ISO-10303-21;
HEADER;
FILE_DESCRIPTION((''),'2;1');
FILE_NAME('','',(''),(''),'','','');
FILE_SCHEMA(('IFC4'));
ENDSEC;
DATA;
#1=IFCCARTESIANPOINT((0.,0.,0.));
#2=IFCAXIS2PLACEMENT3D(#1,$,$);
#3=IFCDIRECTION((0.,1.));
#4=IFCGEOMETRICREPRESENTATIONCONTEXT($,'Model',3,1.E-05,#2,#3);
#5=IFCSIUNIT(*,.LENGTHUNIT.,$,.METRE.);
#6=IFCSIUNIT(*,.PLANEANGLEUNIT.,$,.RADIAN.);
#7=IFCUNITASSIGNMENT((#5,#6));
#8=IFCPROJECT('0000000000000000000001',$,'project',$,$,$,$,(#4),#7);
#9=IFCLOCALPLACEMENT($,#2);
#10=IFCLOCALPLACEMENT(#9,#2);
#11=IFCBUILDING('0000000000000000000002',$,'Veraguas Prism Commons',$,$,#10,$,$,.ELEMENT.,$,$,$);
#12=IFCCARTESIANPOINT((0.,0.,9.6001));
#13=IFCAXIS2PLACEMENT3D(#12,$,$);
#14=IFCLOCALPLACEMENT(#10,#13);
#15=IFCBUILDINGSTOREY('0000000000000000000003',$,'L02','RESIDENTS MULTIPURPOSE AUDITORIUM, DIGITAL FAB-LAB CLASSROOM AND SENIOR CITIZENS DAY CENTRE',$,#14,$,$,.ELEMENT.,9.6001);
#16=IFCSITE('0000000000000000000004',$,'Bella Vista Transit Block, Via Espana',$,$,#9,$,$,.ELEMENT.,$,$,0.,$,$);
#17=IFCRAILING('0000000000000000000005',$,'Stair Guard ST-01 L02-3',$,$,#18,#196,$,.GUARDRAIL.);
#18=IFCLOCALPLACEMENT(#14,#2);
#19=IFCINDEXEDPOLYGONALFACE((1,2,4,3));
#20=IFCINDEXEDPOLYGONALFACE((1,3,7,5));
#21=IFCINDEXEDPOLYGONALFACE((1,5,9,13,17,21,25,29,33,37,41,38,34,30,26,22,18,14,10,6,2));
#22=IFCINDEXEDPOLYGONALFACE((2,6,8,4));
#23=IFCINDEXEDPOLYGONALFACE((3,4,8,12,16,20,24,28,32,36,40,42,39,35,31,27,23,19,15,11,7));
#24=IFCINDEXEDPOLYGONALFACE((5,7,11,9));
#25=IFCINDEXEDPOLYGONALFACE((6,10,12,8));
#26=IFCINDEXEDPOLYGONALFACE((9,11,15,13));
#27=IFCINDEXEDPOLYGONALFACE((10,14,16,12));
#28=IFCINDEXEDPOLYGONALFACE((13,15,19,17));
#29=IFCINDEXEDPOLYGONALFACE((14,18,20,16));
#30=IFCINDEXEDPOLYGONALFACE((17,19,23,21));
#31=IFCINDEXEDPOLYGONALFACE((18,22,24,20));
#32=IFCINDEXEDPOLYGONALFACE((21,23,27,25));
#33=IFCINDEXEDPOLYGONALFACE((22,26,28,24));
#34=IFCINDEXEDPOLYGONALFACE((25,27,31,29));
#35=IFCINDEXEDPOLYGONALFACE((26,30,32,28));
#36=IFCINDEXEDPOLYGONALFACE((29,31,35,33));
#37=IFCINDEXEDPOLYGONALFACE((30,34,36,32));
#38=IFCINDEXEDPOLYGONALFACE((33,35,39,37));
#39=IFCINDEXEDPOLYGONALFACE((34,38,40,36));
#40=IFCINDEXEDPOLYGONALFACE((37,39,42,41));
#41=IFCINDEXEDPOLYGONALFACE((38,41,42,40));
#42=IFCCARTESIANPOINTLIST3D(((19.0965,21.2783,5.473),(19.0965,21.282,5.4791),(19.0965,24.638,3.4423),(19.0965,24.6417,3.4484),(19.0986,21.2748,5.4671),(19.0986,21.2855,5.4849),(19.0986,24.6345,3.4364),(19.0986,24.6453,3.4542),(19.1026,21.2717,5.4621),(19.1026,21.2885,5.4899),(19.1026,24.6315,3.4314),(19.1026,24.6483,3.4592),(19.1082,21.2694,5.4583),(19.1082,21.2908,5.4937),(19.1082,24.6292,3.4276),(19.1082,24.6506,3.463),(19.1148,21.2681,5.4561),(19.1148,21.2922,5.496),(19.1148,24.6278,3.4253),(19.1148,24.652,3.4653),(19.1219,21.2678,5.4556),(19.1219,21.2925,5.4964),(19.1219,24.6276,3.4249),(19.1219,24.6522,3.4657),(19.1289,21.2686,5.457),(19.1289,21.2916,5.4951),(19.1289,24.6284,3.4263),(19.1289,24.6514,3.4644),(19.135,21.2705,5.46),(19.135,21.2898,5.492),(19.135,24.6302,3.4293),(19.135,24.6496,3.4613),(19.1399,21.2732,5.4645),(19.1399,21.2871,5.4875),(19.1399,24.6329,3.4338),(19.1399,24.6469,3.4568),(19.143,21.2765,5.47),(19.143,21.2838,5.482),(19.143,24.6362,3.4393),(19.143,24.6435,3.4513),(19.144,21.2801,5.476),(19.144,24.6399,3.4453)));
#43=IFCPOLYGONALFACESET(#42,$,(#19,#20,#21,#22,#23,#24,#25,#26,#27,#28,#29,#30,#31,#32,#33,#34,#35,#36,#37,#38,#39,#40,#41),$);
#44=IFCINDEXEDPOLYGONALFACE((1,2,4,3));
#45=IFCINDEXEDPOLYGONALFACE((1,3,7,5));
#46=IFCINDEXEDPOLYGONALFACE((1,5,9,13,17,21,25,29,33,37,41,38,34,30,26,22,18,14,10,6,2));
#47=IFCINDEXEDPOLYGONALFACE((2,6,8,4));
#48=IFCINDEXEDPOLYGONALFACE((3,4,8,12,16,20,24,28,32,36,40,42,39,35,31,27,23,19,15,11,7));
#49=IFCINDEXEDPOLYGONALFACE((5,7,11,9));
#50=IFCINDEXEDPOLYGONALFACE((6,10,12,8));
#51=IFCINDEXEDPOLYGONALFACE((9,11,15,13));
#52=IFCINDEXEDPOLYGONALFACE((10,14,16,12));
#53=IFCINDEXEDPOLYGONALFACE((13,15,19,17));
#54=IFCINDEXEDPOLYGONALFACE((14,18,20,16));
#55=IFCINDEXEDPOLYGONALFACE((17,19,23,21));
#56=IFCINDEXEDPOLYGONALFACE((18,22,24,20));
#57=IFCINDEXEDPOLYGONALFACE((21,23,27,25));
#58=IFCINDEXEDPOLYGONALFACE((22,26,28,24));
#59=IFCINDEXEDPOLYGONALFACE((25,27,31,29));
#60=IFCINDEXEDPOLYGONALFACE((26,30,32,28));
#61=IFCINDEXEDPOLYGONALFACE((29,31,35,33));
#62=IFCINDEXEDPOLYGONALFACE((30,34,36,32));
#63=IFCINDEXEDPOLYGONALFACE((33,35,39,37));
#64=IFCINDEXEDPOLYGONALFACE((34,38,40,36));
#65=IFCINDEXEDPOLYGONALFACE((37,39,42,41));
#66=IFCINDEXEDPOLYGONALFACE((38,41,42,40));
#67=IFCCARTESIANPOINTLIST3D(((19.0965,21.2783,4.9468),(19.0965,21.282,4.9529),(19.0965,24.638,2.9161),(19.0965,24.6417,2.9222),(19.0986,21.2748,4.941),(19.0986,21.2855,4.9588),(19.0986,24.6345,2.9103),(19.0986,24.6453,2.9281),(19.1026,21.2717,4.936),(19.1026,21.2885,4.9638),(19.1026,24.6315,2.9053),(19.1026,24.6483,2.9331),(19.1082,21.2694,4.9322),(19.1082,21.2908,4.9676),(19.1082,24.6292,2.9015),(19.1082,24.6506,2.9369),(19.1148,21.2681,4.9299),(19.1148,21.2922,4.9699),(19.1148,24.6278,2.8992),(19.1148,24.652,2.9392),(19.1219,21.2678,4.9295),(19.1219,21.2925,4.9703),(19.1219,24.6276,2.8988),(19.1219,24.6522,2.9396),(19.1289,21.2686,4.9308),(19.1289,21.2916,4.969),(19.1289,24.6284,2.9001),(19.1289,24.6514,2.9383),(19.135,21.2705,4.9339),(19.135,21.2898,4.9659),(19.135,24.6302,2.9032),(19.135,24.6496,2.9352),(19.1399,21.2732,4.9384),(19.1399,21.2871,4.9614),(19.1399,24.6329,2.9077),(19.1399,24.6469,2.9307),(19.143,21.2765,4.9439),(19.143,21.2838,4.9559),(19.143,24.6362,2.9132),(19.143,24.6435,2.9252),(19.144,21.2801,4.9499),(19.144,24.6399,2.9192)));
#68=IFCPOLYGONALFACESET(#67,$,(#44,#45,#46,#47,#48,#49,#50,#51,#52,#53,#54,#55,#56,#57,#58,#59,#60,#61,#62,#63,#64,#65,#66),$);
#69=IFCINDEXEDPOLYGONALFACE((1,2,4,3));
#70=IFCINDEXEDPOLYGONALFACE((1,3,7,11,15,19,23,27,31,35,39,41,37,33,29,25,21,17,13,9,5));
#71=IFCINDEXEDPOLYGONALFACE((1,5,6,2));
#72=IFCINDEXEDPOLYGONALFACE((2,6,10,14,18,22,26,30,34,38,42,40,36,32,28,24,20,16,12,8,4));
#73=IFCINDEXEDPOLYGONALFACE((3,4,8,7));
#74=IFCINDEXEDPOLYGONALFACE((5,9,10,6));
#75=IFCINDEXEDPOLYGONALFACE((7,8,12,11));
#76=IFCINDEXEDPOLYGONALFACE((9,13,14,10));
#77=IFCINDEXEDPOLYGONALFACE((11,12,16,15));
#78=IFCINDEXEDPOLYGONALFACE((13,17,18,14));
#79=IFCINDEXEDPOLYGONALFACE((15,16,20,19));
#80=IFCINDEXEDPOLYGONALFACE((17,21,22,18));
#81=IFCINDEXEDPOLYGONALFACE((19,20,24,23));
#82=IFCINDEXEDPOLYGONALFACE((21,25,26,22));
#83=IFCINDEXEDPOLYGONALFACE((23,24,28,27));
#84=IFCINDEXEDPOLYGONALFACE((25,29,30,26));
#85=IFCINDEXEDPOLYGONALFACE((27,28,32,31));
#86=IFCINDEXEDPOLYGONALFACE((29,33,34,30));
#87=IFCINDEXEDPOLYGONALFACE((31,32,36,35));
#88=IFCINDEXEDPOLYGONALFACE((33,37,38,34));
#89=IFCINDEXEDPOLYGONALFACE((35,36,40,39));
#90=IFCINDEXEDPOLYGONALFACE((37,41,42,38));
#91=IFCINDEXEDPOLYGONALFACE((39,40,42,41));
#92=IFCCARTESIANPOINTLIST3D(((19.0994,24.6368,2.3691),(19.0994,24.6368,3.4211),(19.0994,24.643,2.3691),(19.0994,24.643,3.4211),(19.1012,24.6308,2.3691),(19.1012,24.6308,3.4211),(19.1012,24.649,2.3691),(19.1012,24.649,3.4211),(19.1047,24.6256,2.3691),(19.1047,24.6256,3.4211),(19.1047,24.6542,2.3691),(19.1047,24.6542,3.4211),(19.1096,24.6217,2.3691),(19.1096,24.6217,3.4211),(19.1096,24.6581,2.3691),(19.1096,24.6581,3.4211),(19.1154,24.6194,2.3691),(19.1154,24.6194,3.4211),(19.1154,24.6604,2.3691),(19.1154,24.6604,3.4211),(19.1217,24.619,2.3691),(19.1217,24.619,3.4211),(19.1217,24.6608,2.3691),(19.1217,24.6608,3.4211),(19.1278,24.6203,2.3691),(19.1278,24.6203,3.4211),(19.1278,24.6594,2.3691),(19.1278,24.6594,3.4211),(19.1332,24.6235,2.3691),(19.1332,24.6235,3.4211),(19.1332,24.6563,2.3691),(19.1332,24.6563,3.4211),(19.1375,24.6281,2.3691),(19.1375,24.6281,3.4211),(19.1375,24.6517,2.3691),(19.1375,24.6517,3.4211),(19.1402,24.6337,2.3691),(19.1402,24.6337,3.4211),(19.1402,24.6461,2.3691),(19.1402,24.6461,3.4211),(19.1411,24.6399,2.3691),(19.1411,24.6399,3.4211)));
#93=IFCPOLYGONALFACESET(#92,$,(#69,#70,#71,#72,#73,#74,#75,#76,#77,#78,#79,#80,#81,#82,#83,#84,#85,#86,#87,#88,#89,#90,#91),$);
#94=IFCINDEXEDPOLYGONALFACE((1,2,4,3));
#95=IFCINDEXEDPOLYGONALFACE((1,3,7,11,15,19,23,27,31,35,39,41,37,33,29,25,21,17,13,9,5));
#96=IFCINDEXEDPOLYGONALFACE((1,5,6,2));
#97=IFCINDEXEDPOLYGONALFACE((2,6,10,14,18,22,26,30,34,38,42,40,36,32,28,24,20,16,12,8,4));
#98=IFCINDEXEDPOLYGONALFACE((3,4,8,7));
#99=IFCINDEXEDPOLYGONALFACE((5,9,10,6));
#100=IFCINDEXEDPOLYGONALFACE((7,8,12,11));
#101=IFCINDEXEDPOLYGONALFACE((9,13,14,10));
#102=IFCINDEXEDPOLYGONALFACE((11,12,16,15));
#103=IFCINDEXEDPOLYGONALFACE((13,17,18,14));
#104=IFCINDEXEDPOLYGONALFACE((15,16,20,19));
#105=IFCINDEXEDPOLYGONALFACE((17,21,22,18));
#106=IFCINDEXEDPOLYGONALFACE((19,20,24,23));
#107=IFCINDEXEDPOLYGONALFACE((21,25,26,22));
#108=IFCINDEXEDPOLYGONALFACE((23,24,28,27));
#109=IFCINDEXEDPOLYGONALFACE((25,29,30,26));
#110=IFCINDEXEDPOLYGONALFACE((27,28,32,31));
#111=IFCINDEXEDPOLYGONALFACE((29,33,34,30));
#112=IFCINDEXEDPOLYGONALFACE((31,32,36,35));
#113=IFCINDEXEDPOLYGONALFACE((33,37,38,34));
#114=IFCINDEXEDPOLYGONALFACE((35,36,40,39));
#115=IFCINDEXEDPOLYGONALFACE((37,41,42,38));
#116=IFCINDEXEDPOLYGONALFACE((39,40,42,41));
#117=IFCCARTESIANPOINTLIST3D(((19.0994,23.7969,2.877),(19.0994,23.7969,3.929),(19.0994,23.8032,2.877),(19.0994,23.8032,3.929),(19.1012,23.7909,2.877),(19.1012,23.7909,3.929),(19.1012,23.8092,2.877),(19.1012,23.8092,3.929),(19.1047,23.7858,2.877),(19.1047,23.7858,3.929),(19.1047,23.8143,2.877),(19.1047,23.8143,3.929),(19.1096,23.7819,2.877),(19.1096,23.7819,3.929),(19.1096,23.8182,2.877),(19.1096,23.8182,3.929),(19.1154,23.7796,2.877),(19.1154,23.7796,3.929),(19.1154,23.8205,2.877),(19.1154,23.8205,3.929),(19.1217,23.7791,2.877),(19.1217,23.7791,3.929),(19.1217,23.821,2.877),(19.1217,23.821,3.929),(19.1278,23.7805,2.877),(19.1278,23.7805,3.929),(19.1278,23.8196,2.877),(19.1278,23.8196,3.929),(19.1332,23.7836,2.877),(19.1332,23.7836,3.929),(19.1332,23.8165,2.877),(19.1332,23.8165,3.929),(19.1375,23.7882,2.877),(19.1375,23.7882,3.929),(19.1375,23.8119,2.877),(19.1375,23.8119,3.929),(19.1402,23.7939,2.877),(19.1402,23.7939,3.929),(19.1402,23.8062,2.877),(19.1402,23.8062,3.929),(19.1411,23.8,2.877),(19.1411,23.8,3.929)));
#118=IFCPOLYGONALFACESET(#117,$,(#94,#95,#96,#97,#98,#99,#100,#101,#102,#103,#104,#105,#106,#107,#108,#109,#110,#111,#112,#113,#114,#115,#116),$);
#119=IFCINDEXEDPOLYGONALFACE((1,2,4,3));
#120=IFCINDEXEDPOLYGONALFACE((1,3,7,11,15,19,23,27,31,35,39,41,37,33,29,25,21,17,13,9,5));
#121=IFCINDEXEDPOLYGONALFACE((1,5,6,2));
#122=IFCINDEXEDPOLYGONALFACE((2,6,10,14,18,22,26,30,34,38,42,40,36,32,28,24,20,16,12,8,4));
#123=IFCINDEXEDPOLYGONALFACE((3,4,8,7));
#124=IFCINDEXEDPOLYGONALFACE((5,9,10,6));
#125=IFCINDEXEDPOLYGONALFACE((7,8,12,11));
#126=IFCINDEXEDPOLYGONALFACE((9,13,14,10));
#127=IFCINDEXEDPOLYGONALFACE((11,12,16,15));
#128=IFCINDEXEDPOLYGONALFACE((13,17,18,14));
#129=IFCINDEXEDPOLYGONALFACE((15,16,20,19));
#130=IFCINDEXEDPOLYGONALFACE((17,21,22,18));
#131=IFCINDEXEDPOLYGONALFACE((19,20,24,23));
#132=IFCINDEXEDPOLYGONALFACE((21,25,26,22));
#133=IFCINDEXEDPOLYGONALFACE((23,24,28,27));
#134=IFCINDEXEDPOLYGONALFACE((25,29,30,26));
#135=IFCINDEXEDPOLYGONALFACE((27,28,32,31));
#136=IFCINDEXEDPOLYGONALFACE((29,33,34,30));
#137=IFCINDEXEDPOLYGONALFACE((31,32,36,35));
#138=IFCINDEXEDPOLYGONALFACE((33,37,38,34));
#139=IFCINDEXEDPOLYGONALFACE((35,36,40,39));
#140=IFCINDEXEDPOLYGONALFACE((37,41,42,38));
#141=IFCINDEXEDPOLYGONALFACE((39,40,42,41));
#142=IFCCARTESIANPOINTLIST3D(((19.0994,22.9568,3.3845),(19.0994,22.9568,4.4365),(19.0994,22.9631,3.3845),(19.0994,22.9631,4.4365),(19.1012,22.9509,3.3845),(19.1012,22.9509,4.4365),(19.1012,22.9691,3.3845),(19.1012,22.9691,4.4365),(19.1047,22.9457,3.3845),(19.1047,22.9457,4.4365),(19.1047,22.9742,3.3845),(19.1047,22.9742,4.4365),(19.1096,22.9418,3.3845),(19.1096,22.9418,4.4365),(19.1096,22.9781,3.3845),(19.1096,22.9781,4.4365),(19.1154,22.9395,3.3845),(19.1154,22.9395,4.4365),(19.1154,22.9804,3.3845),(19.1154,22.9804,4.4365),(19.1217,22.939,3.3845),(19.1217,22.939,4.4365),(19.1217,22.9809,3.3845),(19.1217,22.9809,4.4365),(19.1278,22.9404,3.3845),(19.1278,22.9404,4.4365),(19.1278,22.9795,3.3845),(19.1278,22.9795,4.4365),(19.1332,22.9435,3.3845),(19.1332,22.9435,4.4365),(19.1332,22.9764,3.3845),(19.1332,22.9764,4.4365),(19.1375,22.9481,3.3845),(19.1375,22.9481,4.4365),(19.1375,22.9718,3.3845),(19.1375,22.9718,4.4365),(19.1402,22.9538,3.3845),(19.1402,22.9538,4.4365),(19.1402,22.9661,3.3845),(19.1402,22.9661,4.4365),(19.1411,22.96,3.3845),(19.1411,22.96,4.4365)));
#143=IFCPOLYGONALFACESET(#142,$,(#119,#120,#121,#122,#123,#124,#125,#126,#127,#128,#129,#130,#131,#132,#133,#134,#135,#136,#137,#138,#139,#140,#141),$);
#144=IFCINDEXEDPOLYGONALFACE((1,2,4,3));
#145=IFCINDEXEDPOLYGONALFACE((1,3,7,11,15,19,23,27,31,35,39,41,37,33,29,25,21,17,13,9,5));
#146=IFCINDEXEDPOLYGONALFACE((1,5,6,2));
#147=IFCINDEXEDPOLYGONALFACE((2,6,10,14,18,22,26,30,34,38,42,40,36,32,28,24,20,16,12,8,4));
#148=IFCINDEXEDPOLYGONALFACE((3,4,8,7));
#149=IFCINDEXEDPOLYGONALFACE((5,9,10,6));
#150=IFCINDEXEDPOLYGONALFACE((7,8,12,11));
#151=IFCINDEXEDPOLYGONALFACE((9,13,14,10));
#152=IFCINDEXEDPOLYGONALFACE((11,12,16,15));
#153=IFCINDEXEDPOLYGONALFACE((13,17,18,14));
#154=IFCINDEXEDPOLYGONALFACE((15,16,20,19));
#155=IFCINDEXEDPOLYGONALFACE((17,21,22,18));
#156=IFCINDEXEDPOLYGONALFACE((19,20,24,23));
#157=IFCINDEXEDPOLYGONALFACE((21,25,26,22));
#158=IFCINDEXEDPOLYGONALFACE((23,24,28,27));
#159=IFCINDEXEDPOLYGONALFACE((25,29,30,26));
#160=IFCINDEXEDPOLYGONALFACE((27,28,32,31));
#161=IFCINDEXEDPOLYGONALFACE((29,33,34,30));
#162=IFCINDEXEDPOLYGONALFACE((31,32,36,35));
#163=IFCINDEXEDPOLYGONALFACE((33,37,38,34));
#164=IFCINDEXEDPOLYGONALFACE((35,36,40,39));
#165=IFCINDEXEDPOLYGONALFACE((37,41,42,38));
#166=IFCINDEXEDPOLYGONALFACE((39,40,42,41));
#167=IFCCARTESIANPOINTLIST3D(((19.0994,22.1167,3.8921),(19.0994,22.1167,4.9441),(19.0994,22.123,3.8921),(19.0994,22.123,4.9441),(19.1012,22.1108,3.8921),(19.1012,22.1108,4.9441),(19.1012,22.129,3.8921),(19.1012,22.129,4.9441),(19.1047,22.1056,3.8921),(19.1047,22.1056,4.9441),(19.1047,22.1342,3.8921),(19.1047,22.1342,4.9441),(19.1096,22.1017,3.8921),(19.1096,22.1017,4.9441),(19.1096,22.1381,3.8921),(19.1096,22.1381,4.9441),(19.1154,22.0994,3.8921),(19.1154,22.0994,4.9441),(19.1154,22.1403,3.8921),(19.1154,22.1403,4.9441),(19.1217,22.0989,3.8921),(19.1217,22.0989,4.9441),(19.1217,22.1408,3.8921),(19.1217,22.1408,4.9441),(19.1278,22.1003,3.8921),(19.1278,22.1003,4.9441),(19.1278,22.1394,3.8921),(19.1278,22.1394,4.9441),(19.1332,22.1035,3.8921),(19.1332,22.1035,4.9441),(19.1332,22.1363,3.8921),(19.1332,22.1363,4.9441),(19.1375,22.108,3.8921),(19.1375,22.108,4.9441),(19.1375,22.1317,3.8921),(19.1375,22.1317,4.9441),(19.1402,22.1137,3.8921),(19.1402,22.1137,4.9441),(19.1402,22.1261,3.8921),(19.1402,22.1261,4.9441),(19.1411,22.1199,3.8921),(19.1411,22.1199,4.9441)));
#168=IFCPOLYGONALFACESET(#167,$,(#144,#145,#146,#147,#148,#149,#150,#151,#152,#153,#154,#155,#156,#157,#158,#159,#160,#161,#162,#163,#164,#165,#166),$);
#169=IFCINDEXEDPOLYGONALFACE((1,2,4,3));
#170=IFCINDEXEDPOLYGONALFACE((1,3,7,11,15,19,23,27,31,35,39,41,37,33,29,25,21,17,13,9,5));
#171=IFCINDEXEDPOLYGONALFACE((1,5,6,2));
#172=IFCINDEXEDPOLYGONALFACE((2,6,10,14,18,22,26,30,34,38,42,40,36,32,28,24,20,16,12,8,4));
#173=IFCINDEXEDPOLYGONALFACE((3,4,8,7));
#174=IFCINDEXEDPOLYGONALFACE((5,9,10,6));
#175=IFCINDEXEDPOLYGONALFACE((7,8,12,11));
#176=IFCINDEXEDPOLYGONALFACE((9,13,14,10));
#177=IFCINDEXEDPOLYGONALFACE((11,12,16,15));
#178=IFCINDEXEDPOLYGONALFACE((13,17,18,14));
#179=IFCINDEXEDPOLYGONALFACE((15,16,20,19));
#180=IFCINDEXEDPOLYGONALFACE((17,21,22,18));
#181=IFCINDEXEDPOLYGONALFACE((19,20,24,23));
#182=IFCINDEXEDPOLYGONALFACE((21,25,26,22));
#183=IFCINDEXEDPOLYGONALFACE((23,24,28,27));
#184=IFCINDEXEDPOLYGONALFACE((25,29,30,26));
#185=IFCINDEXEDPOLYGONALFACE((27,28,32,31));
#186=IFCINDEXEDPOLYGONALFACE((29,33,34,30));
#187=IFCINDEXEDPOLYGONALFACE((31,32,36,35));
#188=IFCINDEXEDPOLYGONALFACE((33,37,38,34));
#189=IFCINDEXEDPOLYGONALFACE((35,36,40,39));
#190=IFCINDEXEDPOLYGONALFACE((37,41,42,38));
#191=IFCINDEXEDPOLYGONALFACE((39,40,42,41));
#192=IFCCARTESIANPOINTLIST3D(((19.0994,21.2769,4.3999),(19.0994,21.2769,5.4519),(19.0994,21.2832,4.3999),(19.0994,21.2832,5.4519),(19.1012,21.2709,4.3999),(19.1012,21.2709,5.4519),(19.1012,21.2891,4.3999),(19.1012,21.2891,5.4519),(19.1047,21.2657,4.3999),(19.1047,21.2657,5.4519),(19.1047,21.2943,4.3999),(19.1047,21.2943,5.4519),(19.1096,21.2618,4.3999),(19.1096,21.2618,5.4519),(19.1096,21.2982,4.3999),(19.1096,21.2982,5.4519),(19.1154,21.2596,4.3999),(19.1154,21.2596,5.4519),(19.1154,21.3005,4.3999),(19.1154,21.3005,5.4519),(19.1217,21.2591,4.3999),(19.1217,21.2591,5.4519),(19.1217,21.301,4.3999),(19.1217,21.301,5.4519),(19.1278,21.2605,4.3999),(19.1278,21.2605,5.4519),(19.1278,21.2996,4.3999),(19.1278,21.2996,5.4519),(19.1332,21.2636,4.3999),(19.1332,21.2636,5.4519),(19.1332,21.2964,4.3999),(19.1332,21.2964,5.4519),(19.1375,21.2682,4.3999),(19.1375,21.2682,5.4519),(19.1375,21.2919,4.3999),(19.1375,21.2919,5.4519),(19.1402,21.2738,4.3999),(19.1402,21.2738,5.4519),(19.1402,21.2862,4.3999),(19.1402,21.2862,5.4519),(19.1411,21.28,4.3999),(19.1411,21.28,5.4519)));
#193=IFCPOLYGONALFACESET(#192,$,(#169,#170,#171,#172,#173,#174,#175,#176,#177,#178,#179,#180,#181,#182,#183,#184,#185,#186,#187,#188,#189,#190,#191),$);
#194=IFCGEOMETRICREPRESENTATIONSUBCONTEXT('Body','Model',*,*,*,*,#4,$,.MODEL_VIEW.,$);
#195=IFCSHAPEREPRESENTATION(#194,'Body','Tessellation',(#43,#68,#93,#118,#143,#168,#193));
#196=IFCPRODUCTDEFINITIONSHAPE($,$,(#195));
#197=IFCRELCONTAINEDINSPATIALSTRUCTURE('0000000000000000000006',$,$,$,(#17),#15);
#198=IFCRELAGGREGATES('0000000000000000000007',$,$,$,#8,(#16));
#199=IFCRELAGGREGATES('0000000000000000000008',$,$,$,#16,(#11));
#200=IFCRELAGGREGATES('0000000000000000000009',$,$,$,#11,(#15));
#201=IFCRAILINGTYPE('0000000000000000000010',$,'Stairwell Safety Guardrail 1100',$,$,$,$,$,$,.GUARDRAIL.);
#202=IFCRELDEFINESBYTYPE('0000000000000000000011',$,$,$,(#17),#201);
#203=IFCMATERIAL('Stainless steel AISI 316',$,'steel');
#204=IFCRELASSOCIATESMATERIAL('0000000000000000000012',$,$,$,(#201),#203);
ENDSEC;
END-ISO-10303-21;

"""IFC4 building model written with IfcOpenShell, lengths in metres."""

from ifc_helpers import new_model, si_unit, direction, frame, origin, origin_2d, place, context, subcontext, project, spatial, circle, extrude, material, type_object, element, save


model = new_model("IFC4")

# Units and contexts
model_context = context("Model", 3, precision=1e-05, world=origin(), true_north=direction((0.0, 1.0)))
body_context = subcontext(model_context, "Body", "Model", "MODEL_VIEW")
ifc_project = project(units=[si_unit("LENGTHUNIT", "METRE"), si_unit("PLANEANGLEUNIT", "RADIAN")], contexts=[model_context])

# Site, building, storey
site_placement = place(None, origin())
site = spatial("IfcSite", under=ifc_project, at=site_placement, Name="Bella Vista Transit Block, Via Espana", CompositionType="ELEMENT", RefElevation=0.0)
building_placement = place(site_placement, origin())
building = spatial("IfcBuilding", under=site, at=building_placement, Name="Veraguas Prism Commons", CompositionType="ELEMENT")
storey_placement = place(building_placement, frame((0.0, 0.0, 9.6001)))
storey = spatial("IfcBuildingStorey", under=building, at=storey_placement, Name="L02", Description="RESIDENTS MULTIPURPOSE AUDITORIUM, DIGITAL FAB-LAB CLASSROOM AND SENIOR CITIZENS DAY CENTRE", CompositionType="ELEMENT", Elevation=9.6001)

# Railing
ifc_material_1 = material(Name="Stainless steel AISI 316", Category="steel")
railing_type_1 = type_object("IfcRailingType", Name="Stairwell Safety Guardrail 1100", PredefinedType="GUARDRAIL", material=ifc_material_1)
railing_1_placement = place(storey_placement, frame((19.1201, 24.6399, 2.3691)))
element("IfcRailing", 1, at=railing_1_placement, inside=storey, type_object=railing_type_1, Name="Stair Guard ST-01 L02-3", PredefinedType="GUARDRAIL", context=body_context, shape_type="SweptSolid", body=[
    extrude(circle(Radius=0.0239, at=origin_2d()), frame((0.0, 0.0, 1.0762), z_axis=(0.0, -0.85582, 0.517273), x_axis=(1.0, 0.0, 0.0)), (0.0, 0.0, 1.0), 3.9258),
    extrude(circle(Radius=0.0239, at=origin_2d()), frame((0.0, 0.0, 0.55), z_axis=(0.0, -0.85582, 0.517273), x_axis=(1.0, 0.0, 0.0)), (0.0, 0.0, 1.0), 3.9258),
    extrude(circle(Radius=0.021, at=origin_2d()), origin(), (0.0, 0.0, 1.0), 1.052),
    extrude(circle(Radius=0.021, at=origin_2d()), frame((0.0, -0.8398, 0.5078)), (0.0, 0.0, 1.0), 1.052),
    extrude(circle(Radius=0.021, at=origin_2d()), frame((0.0, -1.6799, 1.0154)), (0.0, 0.0, 1.0), 1.052),
    extrude(circle(Radius=0.021, at=origin_2d()), frame((0.0, -2.52, 1.5229)), (0.0, 0.0, 1.0), 1.052),
    extrude(circle(Radius=0.021, at=origin_2d()), frame((0.0, -3.3599, 2.0308)), (0.0, 0.0, 1.0), 1.052),
])

save(model, "model.ifc")
